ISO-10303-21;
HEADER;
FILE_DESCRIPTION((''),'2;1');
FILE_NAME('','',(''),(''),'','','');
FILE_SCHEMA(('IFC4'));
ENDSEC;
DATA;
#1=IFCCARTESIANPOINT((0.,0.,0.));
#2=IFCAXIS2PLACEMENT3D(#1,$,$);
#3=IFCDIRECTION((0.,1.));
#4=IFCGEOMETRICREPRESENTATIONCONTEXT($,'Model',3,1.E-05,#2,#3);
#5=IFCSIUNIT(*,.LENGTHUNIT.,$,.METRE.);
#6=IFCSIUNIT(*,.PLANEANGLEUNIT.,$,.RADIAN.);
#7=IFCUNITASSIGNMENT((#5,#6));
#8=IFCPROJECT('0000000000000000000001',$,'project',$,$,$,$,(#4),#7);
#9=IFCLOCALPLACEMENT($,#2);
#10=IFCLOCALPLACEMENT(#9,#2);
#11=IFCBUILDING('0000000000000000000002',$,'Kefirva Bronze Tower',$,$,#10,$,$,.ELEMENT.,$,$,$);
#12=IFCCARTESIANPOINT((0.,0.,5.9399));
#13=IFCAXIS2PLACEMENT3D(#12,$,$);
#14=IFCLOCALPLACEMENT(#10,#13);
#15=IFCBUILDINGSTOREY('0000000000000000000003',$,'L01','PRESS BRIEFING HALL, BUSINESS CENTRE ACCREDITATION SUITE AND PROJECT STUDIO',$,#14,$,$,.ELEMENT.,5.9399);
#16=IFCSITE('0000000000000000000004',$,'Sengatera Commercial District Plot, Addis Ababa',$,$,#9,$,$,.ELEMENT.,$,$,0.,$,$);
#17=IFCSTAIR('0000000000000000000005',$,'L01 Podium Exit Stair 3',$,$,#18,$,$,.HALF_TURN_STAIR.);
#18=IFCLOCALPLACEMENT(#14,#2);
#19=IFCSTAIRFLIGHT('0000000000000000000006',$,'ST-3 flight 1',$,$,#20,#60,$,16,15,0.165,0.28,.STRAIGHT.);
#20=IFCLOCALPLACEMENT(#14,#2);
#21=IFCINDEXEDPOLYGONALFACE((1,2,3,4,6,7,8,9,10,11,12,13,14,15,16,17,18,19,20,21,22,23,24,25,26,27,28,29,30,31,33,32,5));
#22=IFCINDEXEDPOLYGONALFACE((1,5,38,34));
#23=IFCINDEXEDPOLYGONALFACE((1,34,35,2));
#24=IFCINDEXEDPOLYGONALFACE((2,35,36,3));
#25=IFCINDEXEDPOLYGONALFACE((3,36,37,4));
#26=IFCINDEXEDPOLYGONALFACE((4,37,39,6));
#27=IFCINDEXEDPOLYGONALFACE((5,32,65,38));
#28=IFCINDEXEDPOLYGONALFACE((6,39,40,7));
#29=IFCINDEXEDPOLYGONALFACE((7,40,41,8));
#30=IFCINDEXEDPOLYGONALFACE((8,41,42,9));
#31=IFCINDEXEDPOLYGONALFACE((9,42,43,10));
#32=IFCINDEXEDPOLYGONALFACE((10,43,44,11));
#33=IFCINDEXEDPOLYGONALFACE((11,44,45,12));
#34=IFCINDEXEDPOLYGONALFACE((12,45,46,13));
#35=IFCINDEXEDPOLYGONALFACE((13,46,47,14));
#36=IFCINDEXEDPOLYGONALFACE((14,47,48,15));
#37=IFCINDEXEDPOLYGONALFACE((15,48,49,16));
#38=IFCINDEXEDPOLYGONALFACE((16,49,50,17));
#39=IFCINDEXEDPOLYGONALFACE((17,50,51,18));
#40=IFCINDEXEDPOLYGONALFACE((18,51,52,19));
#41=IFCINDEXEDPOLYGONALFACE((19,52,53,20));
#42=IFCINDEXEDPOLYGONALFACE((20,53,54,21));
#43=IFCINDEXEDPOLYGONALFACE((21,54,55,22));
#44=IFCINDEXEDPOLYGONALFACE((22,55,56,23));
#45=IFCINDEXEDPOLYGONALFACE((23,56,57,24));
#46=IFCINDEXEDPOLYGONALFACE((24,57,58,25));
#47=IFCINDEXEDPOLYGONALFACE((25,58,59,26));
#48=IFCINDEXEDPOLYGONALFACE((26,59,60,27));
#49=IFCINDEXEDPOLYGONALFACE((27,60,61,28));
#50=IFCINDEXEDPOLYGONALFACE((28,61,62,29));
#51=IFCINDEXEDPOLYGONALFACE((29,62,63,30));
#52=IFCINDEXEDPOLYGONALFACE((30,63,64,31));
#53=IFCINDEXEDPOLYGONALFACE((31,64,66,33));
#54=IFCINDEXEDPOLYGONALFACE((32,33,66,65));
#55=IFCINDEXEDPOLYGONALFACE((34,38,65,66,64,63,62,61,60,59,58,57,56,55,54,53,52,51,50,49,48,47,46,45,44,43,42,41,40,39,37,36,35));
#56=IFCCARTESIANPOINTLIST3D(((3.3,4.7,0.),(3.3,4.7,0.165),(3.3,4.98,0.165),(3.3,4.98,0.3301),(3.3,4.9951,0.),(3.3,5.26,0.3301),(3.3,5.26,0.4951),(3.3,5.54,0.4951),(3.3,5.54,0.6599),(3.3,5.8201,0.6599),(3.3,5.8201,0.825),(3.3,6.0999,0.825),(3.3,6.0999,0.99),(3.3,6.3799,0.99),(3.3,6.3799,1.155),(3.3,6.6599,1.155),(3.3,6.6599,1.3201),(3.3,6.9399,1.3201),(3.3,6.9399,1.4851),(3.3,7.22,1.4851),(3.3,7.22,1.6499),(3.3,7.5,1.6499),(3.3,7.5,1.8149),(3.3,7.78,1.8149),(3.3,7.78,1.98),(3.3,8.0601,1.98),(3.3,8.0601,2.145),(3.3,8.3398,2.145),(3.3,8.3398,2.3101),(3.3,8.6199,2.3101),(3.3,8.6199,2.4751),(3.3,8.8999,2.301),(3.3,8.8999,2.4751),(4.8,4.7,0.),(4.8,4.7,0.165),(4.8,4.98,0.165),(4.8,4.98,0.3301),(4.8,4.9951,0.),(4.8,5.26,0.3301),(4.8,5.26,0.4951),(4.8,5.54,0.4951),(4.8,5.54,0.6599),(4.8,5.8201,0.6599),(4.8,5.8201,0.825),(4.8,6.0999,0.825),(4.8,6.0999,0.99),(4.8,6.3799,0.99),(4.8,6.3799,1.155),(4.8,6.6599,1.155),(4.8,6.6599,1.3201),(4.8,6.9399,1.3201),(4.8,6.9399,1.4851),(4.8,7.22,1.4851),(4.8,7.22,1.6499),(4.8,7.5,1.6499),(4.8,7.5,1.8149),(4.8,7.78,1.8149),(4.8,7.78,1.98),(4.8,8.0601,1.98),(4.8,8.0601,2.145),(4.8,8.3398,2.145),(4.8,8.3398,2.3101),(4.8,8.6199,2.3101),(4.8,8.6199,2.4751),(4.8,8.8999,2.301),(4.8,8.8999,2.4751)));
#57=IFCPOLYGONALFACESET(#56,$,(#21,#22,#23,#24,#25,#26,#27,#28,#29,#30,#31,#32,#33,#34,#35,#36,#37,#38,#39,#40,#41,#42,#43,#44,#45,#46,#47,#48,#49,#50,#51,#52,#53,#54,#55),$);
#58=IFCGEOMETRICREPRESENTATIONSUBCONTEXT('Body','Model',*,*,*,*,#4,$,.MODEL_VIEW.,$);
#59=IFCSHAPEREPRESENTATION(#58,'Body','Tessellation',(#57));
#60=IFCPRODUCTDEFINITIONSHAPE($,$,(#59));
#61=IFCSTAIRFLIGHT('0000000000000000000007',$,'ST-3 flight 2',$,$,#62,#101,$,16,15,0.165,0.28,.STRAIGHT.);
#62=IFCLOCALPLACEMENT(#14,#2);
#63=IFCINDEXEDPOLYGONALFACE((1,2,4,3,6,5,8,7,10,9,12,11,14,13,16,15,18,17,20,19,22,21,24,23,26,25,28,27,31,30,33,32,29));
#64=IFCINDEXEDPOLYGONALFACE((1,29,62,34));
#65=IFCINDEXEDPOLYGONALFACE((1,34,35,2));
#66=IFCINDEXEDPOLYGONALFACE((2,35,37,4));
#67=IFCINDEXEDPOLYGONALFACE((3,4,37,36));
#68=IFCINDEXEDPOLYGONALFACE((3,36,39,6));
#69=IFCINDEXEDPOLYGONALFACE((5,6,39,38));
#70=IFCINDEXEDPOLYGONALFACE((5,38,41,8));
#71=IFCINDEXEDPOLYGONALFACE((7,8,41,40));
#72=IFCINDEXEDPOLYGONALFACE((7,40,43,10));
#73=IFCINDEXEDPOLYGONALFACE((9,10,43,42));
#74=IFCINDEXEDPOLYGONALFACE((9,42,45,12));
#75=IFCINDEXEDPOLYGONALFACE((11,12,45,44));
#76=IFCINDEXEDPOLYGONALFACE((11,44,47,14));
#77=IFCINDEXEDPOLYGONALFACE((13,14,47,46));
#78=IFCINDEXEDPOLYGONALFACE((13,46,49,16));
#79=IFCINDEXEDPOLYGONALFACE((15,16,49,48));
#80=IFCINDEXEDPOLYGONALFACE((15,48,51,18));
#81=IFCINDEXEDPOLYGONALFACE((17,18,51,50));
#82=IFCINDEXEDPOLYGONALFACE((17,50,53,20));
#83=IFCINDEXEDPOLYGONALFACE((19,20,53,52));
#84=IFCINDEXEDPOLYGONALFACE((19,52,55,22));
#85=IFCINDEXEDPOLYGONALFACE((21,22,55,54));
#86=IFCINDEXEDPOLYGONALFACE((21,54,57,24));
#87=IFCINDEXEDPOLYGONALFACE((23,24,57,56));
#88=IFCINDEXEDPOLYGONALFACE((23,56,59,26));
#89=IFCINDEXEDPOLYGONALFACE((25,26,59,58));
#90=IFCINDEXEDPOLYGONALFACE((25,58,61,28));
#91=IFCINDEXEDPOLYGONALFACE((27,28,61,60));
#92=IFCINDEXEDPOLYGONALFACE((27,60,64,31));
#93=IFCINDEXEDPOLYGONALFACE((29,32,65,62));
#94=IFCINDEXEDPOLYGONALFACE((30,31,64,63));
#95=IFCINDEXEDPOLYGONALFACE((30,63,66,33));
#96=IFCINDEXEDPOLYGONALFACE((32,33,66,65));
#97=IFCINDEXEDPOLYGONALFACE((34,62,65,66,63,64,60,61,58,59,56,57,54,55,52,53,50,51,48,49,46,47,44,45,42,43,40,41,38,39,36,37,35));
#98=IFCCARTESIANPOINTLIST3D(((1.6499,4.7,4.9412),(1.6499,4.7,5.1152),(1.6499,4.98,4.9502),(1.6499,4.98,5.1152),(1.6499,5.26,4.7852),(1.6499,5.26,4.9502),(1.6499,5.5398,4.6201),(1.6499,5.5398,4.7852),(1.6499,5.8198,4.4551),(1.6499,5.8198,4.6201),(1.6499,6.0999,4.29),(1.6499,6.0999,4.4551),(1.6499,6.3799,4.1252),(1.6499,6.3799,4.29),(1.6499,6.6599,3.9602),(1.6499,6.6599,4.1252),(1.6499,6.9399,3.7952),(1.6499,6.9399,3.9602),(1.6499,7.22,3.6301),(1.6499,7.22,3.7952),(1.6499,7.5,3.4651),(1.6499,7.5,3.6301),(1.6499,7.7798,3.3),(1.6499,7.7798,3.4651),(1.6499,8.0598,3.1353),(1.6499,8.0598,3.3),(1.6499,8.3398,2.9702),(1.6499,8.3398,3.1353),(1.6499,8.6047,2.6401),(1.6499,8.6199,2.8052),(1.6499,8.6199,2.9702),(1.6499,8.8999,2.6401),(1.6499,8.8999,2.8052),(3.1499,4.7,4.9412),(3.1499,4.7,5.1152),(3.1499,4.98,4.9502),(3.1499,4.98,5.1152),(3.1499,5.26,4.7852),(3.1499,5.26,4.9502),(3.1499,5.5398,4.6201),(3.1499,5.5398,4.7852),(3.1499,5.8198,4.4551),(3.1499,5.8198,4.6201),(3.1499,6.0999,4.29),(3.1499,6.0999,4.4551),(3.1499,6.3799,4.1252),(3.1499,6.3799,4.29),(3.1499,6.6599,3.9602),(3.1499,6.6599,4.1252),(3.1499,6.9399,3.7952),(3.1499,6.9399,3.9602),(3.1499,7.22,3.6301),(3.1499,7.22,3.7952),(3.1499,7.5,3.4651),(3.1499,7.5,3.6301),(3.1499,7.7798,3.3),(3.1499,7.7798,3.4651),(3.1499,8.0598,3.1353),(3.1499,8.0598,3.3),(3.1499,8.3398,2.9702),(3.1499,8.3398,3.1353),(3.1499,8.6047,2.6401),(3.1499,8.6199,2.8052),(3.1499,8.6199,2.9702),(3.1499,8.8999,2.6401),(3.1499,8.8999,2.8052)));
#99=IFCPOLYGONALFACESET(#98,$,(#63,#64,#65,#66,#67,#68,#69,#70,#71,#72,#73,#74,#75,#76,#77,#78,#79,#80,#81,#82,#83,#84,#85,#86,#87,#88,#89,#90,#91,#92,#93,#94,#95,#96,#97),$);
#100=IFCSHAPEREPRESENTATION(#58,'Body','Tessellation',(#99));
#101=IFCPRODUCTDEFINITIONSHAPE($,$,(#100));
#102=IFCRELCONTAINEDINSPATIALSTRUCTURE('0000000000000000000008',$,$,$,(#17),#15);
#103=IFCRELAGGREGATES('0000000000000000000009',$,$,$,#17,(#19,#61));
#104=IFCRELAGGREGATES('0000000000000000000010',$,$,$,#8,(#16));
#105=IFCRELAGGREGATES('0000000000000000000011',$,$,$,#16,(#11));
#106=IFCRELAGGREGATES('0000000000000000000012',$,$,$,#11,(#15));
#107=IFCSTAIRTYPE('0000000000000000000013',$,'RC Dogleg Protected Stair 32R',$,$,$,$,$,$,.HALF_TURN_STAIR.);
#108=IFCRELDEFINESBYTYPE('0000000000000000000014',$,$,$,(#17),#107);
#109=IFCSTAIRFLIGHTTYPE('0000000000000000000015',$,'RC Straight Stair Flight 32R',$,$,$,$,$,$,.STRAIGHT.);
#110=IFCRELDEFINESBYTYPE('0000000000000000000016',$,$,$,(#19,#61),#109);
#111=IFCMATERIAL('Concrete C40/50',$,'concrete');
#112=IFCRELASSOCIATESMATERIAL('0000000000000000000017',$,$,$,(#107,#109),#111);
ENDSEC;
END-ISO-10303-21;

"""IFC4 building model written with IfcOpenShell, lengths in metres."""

from ifc_helpers import new_model, si_unit, direction, frame, origin, place, context, subcontext, project, spatial, polyline, outline, extrude, material, type_object, element, aggregate, save


model = new_model("IFC4")

# Units and contexts
model_context = context("Model", 3, precision=1e-05, world=origin(), true_north=direction((0.0, 1.0)))
body_context = subcontext(model_context, "Body", "Model", "MODEL_VIEW")
ifc_project = project(units=[si_unit("LENGTHUNIT", "METRE"), si_unit("PLANEANGLEUNIT", "RADIAN")], contexts=[model_context])

# Site, building, storey
site_placement = place(None, origin())
site = spatial("IfcSite", under=ifc_project, at=site_placement, Name="Sengatera Commercial District Plot, Addis Ababa", CompositionType="ELEMENT", RefElevation=0.0)
building_placement = place(site_placement, origin())
building = spatial("IfcBuilding", under=site, at=building_placement, Name="Kefirva Bronze Tower", CompositionType="ELEMENT")
storey_placement = place(building_placement, frame((0.0, 0.0, 5.9399)))
storey = spatial("IfcBuildingStorey", under=building, at=storey_placement, Name="L01", Description="PRESS BRIEFING HALL, BUSINESS CENTRE ACCREDITATION SUITE AND PROJECT STUDIO", CompositionType="ELEMENT", Elevation=5.9399)

# Stair, stair flights
ifc_material_1 = material(Name="Concrete C40/50", Category="concrete")
stair_type = type_object("IfcStairType", Name="RC Dogleg Protected Stair 32R", PredefinedType="HALF_TURN_STAIR", material=ifc_material_1)
stair_placement = place(storey_placement, origin())
stair = element("IfcStair", 1, at=stair_placement, inside=storey, type_object=stair_type, Name="L01 Podium Exit Stair 3", PredefinedType="HALF_TURN_STAIR")
stair_flight_type = type_object("IfcStairFlightType", Name="RC Straight Stair Flight 32R", PredefinedType="STRAIGHT", material=ifc_material_1)
stair_flight_1_placement = place(storey_placement, frame((4.05, 4.7, 0.0), z_axis=(0.0, 0.0, 1.0), x_axis=(0.0, 1.0, 0.0)))
stair_flight_1 = element("IfcStairFlight", 2, at=stair_flight_1_placement, type_object=stair_flight_type, Name="ST-3 flight 1", NumberOfRisers=16, NumberOfTreads=15, PredefinedType="STRAIGHT", RiserHeight=0.165, TreadLength=0.28, context=body_context, shape_type="SweptSolid", body=[
    extrude(outline(polyline([(0.0, 0.0), (0.0, 0.165), (0.28, 0.165), (0.28, 0.3301), (0.5601, 0.3301), (0.5601, 0.4951), (0.8401, 0.4951), (0.8401, 0.6599), (1.1201, 0.6599), (1.1201, 0.825), (1.3999, 0.825), (1.3999, 0.99), (1.6799, 0.99), (1.6799, 1.155), (1.96, 1.155), (1.96, 1.3201), (2.24, 1.3201), (2.24, 1.4851), (2.52, 1.4851), (2.52, 1.6499), (2.8, 1.6499), (2.8, 1.8149), (3.0801, 1.8149), (3.0801, 1.98), (3.3601, 1.98), (3.3601, 2.145), (3.6399, 2.145), (3.6399, 2.3101), (3.9199, 2.3101), (3.9199, 2.4751), (4.2, 2.4751), (4.2, 2.6399), (4.2, 2.301), (0.2952, 0.0), (0.0, 0.0)])), frame((0.0, 0.75, 0.0), z_axis=(0.0, -1.0, 0.0), x_axis=(1.0, 0.0, 0.0)), (0.0, 0.0, 1.0), 1.5),
])
stair_flight_2_placement = place(storey_placement, frame((2.3999, 8.8999, 2.6401), z_axis=(0.0, 0.0, 1.0), x_axis=(0.0, -1.0, 0.0)))
stair_flight_2 = element("IfcStairFlight", 3, at=stair_flight_2_placement, type_object=stair_flight_type, Name="ST-3 flight 2", NumberOfRisers=16, NumberOfTreads=15, PredefinedType="STRAIGHT", RiserHeight=0.165, TreadLength=0.28, context=body_context, shape_type="SweptSolid", body=[
    extrude(outline(polyline([(0.0, 0.0), (0.0, 0.165), (0.28, 0.165), (0.28, 0.3301), (0.5601, 0.3301), (0.5601, 0.4951), (0.8401, 0.4951), (0.8401, 0.6599), (1.1201, 0.6599), (1.1201, 0.825), (1.3999, 0.825), (1.3999, 0.99), (1.6799, 0.99), (1.6799, 1.155), (1.96, 1.155), (1.96, 1.3201), (2.24, 1.3201), (2.24, 1.4851), (2.52, 1.4851), (2.52, 1.6499), (2.8, 1.6499), (2.8, 1.8149), (3.0801, 1.8149), (3.0801, 1.98), (3.3601, 1.98), (3.3601, 2.145), (3.6399, 2.145), (3.6399, 2.3101), (3.9199, 2.3101), (3.9199, 2.4751), (4.2, 2.4751), (4.2, 2.6399), (4.2, 2.301), (0.2952, 0.0), (0.0, 0.0)])), frame((0.0, 0.75, 0.0), z_axis=(0.0, -1.0, 0.0), x_axis=(1.0, 0.0, 0.0)), (0.0, 0.0, 1.0), 1.5),
])
aggregate(stair, [stair_flight_1, stair_flight_2])

save(model, "model.ifc")
